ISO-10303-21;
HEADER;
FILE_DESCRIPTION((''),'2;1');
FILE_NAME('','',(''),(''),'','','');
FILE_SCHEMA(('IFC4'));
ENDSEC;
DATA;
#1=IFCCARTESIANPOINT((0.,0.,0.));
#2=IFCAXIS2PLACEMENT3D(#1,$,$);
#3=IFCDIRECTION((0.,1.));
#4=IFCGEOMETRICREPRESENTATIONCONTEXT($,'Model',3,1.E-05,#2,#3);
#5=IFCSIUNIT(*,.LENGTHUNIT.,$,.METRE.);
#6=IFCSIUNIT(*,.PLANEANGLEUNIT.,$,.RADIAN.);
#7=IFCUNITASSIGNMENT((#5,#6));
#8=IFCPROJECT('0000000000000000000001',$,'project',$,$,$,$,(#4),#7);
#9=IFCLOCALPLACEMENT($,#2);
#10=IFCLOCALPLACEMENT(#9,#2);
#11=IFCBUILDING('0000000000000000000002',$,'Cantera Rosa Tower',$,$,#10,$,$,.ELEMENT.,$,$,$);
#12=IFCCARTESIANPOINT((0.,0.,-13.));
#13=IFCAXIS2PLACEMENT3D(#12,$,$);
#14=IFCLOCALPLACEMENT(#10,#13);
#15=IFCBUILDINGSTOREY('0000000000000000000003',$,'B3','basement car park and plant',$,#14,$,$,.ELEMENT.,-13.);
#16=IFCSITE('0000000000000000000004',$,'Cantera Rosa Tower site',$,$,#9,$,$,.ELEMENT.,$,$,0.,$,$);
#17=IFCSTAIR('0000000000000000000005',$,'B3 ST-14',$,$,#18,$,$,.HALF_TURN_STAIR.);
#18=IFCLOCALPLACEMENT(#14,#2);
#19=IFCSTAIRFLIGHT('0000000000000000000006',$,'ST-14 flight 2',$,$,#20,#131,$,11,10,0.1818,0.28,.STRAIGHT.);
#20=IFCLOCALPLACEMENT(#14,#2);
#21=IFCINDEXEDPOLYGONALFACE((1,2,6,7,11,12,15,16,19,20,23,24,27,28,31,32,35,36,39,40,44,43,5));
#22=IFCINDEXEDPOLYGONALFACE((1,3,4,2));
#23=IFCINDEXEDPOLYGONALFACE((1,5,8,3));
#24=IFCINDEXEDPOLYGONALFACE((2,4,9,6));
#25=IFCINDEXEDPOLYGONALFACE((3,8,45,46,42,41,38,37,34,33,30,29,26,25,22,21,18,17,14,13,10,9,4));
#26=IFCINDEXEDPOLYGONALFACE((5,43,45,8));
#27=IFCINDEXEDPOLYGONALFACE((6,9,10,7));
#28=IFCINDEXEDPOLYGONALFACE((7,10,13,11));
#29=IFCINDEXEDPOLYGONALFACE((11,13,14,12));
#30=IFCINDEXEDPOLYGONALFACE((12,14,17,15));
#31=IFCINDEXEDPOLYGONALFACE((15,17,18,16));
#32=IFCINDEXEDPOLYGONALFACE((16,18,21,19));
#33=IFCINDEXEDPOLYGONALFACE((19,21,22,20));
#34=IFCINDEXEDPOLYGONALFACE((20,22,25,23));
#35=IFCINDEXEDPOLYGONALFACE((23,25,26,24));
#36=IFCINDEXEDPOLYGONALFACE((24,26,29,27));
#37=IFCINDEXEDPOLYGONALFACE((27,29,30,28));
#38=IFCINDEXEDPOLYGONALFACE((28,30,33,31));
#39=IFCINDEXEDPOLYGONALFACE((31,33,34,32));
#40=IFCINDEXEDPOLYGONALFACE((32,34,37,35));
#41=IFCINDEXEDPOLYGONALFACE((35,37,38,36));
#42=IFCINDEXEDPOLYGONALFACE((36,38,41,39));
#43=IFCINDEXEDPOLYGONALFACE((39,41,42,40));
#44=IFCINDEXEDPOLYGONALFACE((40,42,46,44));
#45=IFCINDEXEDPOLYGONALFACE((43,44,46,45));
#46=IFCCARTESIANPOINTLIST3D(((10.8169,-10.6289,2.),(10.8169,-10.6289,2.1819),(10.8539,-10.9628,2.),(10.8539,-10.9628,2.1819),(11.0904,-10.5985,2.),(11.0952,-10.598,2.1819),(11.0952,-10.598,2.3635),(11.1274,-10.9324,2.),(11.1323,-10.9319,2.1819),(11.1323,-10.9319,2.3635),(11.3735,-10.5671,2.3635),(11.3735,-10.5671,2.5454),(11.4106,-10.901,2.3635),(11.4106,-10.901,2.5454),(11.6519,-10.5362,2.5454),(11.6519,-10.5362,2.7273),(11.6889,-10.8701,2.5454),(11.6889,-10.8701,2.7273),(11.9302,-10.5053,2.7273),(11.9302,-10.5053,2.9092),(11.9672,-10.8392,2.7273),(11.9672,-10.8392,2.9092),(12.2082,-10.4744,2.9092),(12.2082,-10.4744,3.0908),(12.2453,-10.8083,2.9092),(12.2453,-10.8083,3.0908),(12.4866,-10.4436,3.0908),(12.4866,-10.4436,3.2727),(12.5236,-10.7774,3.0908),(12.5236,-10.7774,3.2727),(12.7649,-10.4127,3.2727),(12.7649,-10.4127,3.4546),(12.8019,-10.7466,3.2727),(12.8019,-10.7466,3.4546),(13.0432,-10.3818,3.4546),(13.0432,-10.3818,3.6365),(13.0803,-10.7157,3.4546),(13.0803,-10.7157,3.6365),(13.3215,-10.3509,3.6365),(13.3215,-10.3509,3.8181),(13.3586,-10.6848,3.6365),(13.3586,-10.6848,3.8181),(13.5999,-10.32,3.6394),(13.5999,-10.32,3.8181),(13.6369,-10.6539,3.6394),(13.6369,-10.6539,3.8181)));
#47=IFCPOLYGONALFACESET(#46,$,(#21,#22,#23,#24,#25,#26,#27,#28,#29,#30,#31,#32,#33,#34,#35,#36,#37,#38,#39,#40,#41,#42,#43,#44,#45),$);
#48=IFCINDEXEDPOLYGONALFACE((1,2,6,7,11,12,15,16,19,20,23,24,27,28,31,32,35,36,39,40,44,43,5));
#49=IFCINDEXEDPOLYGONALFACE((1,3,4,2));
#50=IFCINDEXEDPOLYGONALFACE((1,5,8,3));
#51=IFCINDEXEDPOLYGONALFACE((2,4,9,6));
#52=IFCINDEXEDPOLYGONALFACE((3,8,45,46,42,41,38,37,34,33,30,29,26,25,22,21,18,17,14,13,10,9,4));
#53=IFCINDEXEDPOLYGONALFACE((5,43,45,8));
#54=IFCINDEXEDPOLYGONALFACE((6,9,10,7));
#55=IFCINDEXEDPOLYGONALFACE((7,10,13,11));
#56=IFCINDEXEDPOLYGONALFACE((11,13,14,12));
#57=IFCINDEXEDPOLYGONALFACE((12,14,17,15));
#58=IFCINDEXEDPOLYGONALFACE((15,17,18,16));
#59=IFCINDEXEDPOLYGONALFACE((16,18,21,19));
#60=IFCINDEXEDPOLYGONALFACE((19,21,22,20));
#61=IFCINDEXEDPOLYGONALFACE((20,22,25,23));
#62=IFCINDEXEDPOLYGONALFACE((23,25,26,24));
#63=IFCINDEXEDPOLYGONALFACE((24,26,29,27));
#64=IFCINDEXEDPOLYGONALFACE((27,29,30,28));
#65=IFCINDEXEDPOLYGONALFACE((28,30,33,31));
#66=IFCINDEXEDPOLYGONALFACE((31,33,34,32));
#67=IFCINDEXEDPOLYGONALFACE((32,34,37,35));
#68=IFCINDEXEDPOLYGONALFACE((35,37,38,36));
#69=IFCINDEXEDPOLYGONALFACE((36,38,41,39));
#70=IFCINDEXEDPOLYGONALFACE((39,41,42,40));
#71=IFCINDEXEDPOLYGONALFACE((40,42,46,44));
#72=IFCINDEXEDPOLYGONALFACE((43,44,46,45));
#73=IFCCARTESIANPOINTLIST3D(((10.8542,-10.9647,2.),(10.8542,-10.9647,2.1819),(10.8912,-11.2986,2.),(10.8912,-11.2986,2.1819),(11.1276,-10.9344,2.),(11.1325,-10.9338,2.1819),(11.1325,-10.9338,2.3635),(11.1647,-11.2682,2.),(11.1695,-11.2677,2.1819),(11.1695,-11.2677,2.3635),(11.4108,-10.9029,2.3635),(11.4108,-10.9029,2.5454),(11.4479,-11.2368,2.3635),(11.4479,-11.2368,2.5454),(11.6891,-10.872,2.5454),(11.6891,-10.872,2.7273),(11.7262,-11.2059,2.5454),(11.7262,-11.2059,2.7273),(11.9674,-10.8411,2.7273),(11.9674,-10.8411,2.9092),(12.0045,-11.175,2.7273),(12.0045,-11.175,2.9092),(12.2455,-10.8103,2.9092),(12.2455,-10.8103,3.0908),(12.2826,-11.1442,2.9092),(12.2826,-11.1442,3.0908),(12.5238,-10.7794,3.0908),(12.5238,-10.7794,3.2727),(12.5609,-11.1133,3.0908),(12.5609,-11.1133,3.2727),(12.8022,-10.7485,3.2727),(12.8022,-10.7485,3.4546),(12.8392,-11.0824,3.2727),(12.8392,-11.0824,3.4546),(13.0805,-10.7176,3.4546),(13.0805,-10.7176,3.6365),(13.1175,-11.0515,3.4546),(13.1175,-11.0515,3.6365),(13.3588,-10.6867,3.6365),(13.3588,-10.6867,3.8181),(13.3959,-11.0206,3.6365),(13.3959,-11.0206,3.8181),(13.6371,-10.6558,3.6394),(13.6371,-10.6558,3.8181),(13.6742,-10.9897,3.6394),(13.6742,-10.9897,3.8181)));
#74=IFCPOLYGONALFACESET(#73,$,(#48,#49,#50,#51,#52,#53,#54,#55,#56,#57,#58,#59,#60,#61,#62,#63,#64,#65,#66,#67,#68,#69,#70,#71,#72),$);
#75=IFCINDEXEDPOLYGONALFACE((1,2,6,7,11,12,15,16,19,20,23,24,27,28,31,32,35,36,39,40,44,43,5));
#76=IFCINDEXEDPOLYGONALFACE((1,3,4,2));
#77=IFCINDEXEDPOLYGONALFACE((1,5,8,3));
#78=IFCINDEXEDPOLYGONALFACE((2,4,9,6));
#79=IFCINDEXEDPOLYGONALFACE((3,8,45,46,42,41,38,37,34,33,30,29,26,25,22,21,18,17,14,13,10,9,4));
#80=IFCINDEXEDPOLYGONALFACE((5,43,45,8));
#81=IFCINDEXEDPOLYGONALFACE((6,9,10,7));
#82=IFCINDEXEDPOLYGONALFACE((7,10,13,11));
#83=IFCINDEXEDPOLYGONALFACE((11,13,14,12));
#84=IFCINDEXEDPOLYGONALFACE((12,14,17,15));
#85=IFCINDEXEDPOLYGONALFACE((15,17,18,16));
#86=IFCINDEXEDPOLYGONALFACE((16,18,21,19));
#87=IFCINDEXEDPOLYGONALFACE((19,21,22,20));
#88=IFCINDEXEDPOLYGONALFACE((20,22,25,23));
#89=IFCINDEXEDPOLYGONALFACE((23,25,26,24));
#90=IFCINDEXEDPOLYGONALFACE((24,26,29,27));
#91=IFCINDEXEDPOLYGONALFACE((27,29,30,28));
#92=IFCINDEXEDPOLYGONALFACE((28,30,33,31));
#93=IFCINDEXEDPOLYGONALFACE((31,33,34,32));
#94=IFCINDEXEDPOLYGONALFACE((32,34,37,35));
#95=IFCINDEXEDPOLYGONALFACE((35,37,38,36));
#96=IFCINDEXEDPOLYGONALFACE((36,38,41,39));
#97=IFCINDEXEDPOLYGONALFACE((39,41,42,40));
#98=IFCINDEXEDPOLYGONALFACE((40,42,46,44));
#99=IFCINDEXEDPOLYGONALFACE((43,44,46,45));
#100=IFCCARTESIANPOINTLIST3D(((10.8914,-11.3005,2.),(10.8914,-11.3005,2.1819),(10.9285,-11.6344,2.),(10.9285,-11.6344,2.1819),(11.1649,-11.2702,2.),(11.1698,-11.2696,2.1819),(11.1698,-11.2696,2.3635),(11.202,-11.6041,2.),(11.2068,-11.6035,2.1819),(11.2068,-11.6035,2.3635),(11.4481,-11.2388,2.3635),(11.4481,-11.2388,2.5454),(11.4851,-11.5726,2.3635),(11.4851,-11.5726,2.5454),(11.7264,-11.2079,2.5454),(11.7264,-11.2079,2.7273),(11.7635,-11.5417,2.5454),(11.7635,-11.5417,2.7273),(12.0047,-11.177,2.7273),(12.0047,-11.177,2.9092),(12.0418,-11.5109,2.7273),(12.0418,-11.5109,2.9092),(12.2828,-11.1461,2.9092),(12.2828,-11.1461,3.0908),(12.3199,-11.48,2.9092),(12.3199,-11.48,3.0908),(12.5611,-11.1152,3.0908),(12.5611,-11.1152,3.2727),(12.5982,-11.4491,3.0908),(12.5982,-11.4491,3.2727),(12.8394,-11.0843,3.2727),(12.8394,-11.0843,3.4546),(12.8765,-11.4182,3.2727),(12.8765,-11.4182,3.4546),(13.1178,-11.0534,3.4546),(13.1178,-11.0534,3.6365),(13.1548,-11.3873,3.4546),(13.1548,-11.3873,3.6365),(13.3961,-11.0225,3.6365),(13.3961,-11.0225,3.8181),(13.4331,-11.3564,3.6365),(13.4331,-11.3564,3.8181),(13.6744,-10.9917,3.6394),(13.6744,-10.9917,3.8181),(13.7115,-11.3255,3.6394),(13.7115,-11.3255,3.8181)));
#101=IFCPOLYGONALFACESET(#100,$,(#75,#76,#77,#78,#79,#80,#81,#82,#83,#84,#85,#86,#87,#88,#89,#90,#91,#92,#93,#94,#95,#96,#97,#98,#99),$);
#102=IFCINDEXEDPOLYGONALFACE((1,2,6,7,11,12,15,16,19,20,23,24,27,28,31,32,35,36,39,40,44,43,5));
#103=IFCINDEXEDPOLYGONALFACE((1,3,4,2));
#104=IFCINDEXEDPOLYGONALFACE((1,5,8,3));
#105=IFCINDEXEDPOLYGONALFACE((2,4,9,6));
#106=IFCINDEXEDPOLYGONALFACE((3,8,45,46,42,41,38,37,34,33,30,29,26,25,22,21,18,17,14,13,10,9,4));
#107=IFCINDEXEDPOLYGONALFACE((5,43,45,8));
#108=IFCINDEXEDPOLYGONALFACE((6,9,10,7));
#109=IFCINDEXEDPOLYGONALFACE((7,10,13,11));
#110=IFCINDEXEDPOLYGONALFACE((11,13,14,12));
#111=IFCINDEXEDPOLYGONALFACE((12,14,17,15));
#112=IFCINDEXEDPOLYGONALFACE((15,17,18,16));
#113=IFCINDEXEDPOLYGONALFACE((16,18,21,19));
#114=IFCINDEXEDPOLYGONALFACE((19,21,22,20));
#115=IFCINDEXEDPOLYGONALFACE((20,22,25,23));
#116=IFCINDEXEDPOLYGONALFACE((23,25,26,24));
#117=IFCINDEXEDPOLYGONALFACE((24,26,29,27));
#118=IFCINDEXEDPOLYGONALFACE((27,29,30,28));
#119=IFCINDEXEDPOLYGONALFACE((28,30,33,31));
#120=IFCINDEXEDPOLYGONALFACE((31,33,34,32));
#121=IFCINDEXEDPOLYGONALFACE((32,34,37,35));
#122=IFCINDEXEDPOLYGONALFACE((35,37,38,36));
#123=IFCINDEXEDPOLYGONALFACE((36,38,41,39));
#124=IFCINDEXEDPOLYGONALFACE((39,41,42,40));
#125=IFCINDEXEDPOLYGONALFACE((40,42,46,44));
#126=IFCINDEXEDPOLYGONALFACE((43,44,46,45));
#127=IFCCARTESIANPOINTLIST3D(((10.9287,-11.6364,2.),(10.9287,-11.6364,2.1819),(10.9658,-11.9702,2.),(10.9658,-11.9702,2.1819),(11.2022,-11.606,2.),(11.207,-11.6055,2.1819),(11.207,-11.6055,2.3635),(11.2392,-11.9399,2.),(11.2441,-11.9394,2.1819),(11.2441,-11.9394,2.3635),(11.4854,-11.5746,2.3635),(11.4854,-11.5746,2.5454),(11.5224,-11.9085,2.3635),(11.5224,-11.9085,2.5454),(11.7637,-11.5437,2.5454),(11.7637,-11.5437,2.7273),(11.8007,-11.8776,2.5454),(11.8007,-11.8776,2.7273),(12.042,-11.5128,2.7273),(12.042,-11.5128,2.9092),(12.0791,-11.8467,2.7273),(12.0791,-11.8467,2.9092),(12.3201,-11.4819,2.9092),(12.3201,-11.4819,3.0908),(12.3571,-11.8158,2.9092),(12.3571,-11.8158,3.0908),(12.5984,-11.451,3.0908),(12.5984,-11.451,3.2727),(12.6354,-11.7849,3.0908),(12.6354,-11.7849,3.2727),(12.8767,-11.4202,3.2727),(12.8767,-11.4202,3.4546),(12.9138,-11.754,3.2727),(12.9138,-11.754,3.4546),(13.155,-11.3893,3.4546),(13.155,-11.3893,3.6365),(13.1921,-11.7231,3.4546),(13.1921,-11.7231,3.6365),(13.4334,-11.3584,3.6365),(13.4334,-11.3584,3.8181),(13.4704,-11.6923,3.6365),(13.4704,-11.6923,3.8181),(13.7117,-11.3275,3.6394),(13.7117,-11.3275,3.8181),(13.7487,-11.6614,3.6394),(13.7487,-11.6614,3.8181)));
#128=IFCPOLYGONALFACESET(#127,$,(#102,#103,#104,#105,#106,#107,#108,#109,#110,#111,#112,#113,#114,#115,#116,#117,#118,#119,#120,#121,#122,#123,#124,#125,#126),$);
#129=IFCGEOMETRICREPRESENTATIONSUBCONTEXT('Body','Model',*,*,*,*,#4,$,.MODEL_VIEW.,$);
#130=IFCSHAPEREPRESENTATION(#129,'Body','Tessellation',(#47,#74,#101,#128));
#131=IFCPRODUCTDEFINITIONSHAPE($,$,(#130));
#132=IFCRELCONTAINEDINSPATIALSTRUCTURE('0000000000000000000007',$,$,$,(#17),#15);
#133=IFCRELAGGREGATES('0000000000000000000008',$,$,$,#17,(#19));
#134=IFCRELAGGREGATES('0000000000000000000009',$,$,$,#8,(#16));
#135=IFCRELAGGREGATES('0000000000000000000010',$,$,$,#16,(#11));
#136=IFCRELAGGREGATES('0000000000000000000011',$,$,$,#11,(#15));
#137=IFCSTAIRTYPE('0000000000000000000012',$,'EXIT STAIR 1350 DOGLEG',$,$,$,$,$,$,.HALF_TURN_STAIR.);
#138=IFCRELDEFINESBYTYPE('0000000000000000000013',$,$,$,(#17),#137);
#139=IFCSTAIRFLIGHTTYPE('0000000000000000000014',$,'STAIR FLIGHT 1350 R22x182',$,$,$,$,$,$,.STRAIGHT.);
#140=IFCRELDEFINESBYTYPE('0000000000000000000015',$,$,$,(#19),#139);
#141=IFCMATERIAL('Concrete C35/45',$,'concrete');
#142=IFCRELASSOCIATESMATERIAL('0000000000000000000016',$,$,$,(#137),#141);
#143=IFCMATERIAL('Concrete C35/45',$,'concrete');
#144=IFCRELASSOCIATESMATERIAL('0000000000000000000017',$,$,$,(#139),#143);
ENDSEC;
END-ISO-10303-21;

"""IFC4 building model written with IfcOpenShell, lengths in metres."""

from ifc_helpers import new_model, si_unit, direction, frame, origin, place, context, subcontext, project, spatial, polyline, outline, extrude, material, type_object, element, aggregate, save


model = new_model("IFC4")

# Units and contexts
model_context = context("Model", 3, precision=1e-05, world=origin(), true_north=direction((0.0, 1.0)))
body_context = subcontext(model_context, "Body", "Model", "MODEL_VIEW")
ifc_project = project(units=[si_unit("LENGTHUNIT", "METRE"), si_unit("PLANEANGLEUNIT", "RADIAN")], contexts=[model_context])

# Site, building, storey
site_placement = place(None, origin())
site = spatial("IfcSite", under=ifc_project, at=site_placement, Name="Cantera Rosa Tower site", CompositionType="ELEMENT", RefElevation=0.0)
building_placement = place(site_placement, origin())
building = spatial("IfcBuilding", under=site, at=building_placement, Name="Cantera Rosa Tower", CompositionType="ELEMENT")
storey_placement = place(building_placement, frame((0.0, 0.0, -13.0)))
storey = spatial("IfcBuildingStorey", under=building, at=storey_placement, Name="B3", Description="basement car park and plant", CompositionType="ELEMENT", Elevation=-13.0)

# Shared definitions
ifc_material_1 = material(Name="Concrete C35/45", Category="concrete")
stair_type = type_object("IfcStairType", Name="EXIT STAIR 1350 DOGLEG", PredefinedType="HALF_TURN_STAIR", material=ifc_material_1)

# Stair, stair flight
stair_1_placement = place(storey_placement, origin())
stair_1 = element("IfcStair", 1, at=stair_1_placement, inside=storey, type_object=stair_type, Name="B3 ST-14", PredefinedType="HALF_TURN_STAIR")
ifc_material_2 = material(Name="Concrete C35/45", Category="concrete")
stair_flight_type = type_object("IfcStairFlightType", Name="STAIR FLIGHT 1350 R22x182", PredefinedType="STRAIGHT", material=ifc_material_2)
stair_flight_1_placement = place(storey_placement, frame((10.8914, -11.2998, 2.0), z_axis=(0.0, 0.0, 1.0), x_axis=(0.993897, 0.110313, 0.0)))
stair_flight_1 = element("IfcStairFlight", 2, at=stair_flight_1_placement, type_object=stair_flight_type, Name="ST-14 flight 2", NumberOfRisers=11, NumberOfTreads=10, PredefinedType="STRAIGHT", RiserHeight=0.1818, TreadLength=0.28, context=body_context, shape_type="SweptSolid", body=[
    extrude(outline(polyline([(0.0, 0.0), (0.0, 0.1819), (0.28, 0.1819), (0.28, 0.3635), (0.5601, 0.3635), (0.5601, 0.5454), (0.8401, 0.5454), (0.8401, 0.7273), (1.1201, 0.7273), (1.1201, 0.9092), (1.3999, 0.9092), (1.3999, 1.0908), (1.6799, 1.0908), (1.6799, 1.2727), (1.96, 1.2727), (1.96, 1.4546), (2.24, 1.4546), (2.24, 1.6365), (2.52, 1.6365), (2.52, 1.8181), (2.8, 1.8181), (2.8, 2.0), (2.8, 1.6394), (0.2751, 0.0), (0.0, 0.0)])), frame((0.0, 0.675, 0.0), z_axis=(0.0, -1.0, 0.0), x_axis=(1.0, 0.0, 0.0)), (0.0, 0.0, 1.0), 0.3359),
    extrude(outline(polyline([(0.0, 0.0), (0.0, 0.1819), (0.28, 0.1819), (0.28, 0.3635), (0.5601, 0.3635), (0.5601, 0.5454), (0.8401, 0.5454), (0.8401, 0.7273), (1.1201, 0.7273), (1.1201, 0.9092), (1.3999, 0.9092), (1.3999, 1.0908), (1.6799, 1.0908), (1.6799, 1.2727), (1.96, 1.2727), (1.96, 1.4546), (2.24, 1.4546), (2.24, 1.6365), (2.52, 1.6365), (2.52, 1.8181), (2.8, 1.8181), (2.8, 2.0), (2.8, 1.6394), (0.2751, 0.0), (0.0, 0.0)])), frame((0.0, 0.3372, 0.0), z_axis=(0.0, -1.0, 0.0), x_axis=(1.0, 0.0, 0.0)), (0.0, 0.0, 1.0), 0.3359),
    extrude(outline(polyline([(0.0, 0.0), (0.0, 0.1819), (0.28, 0.1819), (0.28, 0.3635), (0.5601, 0.3635), (0.5601, 0.5454), (0.8401, 0.5454), (0.8401, 0.7273), (1.1201, 0.7273), (1.1201, 0.9092), (1.3999, 0.9092), (1.3999, 1.0908), (1.6799, 1.0908), (1.6799, 1.2727), (1.96, 1.2727), (1.96, 1.4546), (2.24, 1.4546), (2.24, 1.6365), (2.52, 1.6365), (2.52, 1.8181), (2.8, 1.8181), (2.8, 2.0), (2.8, 1.6394), (0.2751, 0.0), (0.0, 0.0)])), frame((0.0, -0.0007, 0.0), z_axis=(0.0, -1.0, 0.0), x_axis=(1.0, 0.0, 0.0)), (0.0, 0.0, 1.0), 0.3359),
    extrude(outline(polyline([(0.0, 0.0), (0.0, 0.1819), (0.28, 0.1819), (0.28, 0.3635), (0.5601, 0.3635), (0.5601, 0.5454), (0.8401, 0.5454), (0.8401, 0.7273), (1.1201, 0.7273), (1.1201, 0.9092), (1.3999, 0.9092), (1.3999, 1.0908), (1.6799, 1.0908), (1.6799, 1.2727), (1.96, 1.2727), (1.96, 1.4546), (2.24, 1.4546), (2.24, 1.6365), (2.52, 1.6365), (2.52, 1.8181), (2.8, 1.8181), (2.8, 2.0), (2.8, 1.6394), (0.2751, 0.0), (0.0, 0.0)])), frame((0.0, -0.3386, 0.0), z_axis=(0.0, -1.0, 0.0), x_axis=(1.0, 0.0, 0.0)), (0.0, 0.0, 1.0), 0.3359),
])
aggregate(stair_1, [stair_flight_1])

save(model, "model.ifc")
